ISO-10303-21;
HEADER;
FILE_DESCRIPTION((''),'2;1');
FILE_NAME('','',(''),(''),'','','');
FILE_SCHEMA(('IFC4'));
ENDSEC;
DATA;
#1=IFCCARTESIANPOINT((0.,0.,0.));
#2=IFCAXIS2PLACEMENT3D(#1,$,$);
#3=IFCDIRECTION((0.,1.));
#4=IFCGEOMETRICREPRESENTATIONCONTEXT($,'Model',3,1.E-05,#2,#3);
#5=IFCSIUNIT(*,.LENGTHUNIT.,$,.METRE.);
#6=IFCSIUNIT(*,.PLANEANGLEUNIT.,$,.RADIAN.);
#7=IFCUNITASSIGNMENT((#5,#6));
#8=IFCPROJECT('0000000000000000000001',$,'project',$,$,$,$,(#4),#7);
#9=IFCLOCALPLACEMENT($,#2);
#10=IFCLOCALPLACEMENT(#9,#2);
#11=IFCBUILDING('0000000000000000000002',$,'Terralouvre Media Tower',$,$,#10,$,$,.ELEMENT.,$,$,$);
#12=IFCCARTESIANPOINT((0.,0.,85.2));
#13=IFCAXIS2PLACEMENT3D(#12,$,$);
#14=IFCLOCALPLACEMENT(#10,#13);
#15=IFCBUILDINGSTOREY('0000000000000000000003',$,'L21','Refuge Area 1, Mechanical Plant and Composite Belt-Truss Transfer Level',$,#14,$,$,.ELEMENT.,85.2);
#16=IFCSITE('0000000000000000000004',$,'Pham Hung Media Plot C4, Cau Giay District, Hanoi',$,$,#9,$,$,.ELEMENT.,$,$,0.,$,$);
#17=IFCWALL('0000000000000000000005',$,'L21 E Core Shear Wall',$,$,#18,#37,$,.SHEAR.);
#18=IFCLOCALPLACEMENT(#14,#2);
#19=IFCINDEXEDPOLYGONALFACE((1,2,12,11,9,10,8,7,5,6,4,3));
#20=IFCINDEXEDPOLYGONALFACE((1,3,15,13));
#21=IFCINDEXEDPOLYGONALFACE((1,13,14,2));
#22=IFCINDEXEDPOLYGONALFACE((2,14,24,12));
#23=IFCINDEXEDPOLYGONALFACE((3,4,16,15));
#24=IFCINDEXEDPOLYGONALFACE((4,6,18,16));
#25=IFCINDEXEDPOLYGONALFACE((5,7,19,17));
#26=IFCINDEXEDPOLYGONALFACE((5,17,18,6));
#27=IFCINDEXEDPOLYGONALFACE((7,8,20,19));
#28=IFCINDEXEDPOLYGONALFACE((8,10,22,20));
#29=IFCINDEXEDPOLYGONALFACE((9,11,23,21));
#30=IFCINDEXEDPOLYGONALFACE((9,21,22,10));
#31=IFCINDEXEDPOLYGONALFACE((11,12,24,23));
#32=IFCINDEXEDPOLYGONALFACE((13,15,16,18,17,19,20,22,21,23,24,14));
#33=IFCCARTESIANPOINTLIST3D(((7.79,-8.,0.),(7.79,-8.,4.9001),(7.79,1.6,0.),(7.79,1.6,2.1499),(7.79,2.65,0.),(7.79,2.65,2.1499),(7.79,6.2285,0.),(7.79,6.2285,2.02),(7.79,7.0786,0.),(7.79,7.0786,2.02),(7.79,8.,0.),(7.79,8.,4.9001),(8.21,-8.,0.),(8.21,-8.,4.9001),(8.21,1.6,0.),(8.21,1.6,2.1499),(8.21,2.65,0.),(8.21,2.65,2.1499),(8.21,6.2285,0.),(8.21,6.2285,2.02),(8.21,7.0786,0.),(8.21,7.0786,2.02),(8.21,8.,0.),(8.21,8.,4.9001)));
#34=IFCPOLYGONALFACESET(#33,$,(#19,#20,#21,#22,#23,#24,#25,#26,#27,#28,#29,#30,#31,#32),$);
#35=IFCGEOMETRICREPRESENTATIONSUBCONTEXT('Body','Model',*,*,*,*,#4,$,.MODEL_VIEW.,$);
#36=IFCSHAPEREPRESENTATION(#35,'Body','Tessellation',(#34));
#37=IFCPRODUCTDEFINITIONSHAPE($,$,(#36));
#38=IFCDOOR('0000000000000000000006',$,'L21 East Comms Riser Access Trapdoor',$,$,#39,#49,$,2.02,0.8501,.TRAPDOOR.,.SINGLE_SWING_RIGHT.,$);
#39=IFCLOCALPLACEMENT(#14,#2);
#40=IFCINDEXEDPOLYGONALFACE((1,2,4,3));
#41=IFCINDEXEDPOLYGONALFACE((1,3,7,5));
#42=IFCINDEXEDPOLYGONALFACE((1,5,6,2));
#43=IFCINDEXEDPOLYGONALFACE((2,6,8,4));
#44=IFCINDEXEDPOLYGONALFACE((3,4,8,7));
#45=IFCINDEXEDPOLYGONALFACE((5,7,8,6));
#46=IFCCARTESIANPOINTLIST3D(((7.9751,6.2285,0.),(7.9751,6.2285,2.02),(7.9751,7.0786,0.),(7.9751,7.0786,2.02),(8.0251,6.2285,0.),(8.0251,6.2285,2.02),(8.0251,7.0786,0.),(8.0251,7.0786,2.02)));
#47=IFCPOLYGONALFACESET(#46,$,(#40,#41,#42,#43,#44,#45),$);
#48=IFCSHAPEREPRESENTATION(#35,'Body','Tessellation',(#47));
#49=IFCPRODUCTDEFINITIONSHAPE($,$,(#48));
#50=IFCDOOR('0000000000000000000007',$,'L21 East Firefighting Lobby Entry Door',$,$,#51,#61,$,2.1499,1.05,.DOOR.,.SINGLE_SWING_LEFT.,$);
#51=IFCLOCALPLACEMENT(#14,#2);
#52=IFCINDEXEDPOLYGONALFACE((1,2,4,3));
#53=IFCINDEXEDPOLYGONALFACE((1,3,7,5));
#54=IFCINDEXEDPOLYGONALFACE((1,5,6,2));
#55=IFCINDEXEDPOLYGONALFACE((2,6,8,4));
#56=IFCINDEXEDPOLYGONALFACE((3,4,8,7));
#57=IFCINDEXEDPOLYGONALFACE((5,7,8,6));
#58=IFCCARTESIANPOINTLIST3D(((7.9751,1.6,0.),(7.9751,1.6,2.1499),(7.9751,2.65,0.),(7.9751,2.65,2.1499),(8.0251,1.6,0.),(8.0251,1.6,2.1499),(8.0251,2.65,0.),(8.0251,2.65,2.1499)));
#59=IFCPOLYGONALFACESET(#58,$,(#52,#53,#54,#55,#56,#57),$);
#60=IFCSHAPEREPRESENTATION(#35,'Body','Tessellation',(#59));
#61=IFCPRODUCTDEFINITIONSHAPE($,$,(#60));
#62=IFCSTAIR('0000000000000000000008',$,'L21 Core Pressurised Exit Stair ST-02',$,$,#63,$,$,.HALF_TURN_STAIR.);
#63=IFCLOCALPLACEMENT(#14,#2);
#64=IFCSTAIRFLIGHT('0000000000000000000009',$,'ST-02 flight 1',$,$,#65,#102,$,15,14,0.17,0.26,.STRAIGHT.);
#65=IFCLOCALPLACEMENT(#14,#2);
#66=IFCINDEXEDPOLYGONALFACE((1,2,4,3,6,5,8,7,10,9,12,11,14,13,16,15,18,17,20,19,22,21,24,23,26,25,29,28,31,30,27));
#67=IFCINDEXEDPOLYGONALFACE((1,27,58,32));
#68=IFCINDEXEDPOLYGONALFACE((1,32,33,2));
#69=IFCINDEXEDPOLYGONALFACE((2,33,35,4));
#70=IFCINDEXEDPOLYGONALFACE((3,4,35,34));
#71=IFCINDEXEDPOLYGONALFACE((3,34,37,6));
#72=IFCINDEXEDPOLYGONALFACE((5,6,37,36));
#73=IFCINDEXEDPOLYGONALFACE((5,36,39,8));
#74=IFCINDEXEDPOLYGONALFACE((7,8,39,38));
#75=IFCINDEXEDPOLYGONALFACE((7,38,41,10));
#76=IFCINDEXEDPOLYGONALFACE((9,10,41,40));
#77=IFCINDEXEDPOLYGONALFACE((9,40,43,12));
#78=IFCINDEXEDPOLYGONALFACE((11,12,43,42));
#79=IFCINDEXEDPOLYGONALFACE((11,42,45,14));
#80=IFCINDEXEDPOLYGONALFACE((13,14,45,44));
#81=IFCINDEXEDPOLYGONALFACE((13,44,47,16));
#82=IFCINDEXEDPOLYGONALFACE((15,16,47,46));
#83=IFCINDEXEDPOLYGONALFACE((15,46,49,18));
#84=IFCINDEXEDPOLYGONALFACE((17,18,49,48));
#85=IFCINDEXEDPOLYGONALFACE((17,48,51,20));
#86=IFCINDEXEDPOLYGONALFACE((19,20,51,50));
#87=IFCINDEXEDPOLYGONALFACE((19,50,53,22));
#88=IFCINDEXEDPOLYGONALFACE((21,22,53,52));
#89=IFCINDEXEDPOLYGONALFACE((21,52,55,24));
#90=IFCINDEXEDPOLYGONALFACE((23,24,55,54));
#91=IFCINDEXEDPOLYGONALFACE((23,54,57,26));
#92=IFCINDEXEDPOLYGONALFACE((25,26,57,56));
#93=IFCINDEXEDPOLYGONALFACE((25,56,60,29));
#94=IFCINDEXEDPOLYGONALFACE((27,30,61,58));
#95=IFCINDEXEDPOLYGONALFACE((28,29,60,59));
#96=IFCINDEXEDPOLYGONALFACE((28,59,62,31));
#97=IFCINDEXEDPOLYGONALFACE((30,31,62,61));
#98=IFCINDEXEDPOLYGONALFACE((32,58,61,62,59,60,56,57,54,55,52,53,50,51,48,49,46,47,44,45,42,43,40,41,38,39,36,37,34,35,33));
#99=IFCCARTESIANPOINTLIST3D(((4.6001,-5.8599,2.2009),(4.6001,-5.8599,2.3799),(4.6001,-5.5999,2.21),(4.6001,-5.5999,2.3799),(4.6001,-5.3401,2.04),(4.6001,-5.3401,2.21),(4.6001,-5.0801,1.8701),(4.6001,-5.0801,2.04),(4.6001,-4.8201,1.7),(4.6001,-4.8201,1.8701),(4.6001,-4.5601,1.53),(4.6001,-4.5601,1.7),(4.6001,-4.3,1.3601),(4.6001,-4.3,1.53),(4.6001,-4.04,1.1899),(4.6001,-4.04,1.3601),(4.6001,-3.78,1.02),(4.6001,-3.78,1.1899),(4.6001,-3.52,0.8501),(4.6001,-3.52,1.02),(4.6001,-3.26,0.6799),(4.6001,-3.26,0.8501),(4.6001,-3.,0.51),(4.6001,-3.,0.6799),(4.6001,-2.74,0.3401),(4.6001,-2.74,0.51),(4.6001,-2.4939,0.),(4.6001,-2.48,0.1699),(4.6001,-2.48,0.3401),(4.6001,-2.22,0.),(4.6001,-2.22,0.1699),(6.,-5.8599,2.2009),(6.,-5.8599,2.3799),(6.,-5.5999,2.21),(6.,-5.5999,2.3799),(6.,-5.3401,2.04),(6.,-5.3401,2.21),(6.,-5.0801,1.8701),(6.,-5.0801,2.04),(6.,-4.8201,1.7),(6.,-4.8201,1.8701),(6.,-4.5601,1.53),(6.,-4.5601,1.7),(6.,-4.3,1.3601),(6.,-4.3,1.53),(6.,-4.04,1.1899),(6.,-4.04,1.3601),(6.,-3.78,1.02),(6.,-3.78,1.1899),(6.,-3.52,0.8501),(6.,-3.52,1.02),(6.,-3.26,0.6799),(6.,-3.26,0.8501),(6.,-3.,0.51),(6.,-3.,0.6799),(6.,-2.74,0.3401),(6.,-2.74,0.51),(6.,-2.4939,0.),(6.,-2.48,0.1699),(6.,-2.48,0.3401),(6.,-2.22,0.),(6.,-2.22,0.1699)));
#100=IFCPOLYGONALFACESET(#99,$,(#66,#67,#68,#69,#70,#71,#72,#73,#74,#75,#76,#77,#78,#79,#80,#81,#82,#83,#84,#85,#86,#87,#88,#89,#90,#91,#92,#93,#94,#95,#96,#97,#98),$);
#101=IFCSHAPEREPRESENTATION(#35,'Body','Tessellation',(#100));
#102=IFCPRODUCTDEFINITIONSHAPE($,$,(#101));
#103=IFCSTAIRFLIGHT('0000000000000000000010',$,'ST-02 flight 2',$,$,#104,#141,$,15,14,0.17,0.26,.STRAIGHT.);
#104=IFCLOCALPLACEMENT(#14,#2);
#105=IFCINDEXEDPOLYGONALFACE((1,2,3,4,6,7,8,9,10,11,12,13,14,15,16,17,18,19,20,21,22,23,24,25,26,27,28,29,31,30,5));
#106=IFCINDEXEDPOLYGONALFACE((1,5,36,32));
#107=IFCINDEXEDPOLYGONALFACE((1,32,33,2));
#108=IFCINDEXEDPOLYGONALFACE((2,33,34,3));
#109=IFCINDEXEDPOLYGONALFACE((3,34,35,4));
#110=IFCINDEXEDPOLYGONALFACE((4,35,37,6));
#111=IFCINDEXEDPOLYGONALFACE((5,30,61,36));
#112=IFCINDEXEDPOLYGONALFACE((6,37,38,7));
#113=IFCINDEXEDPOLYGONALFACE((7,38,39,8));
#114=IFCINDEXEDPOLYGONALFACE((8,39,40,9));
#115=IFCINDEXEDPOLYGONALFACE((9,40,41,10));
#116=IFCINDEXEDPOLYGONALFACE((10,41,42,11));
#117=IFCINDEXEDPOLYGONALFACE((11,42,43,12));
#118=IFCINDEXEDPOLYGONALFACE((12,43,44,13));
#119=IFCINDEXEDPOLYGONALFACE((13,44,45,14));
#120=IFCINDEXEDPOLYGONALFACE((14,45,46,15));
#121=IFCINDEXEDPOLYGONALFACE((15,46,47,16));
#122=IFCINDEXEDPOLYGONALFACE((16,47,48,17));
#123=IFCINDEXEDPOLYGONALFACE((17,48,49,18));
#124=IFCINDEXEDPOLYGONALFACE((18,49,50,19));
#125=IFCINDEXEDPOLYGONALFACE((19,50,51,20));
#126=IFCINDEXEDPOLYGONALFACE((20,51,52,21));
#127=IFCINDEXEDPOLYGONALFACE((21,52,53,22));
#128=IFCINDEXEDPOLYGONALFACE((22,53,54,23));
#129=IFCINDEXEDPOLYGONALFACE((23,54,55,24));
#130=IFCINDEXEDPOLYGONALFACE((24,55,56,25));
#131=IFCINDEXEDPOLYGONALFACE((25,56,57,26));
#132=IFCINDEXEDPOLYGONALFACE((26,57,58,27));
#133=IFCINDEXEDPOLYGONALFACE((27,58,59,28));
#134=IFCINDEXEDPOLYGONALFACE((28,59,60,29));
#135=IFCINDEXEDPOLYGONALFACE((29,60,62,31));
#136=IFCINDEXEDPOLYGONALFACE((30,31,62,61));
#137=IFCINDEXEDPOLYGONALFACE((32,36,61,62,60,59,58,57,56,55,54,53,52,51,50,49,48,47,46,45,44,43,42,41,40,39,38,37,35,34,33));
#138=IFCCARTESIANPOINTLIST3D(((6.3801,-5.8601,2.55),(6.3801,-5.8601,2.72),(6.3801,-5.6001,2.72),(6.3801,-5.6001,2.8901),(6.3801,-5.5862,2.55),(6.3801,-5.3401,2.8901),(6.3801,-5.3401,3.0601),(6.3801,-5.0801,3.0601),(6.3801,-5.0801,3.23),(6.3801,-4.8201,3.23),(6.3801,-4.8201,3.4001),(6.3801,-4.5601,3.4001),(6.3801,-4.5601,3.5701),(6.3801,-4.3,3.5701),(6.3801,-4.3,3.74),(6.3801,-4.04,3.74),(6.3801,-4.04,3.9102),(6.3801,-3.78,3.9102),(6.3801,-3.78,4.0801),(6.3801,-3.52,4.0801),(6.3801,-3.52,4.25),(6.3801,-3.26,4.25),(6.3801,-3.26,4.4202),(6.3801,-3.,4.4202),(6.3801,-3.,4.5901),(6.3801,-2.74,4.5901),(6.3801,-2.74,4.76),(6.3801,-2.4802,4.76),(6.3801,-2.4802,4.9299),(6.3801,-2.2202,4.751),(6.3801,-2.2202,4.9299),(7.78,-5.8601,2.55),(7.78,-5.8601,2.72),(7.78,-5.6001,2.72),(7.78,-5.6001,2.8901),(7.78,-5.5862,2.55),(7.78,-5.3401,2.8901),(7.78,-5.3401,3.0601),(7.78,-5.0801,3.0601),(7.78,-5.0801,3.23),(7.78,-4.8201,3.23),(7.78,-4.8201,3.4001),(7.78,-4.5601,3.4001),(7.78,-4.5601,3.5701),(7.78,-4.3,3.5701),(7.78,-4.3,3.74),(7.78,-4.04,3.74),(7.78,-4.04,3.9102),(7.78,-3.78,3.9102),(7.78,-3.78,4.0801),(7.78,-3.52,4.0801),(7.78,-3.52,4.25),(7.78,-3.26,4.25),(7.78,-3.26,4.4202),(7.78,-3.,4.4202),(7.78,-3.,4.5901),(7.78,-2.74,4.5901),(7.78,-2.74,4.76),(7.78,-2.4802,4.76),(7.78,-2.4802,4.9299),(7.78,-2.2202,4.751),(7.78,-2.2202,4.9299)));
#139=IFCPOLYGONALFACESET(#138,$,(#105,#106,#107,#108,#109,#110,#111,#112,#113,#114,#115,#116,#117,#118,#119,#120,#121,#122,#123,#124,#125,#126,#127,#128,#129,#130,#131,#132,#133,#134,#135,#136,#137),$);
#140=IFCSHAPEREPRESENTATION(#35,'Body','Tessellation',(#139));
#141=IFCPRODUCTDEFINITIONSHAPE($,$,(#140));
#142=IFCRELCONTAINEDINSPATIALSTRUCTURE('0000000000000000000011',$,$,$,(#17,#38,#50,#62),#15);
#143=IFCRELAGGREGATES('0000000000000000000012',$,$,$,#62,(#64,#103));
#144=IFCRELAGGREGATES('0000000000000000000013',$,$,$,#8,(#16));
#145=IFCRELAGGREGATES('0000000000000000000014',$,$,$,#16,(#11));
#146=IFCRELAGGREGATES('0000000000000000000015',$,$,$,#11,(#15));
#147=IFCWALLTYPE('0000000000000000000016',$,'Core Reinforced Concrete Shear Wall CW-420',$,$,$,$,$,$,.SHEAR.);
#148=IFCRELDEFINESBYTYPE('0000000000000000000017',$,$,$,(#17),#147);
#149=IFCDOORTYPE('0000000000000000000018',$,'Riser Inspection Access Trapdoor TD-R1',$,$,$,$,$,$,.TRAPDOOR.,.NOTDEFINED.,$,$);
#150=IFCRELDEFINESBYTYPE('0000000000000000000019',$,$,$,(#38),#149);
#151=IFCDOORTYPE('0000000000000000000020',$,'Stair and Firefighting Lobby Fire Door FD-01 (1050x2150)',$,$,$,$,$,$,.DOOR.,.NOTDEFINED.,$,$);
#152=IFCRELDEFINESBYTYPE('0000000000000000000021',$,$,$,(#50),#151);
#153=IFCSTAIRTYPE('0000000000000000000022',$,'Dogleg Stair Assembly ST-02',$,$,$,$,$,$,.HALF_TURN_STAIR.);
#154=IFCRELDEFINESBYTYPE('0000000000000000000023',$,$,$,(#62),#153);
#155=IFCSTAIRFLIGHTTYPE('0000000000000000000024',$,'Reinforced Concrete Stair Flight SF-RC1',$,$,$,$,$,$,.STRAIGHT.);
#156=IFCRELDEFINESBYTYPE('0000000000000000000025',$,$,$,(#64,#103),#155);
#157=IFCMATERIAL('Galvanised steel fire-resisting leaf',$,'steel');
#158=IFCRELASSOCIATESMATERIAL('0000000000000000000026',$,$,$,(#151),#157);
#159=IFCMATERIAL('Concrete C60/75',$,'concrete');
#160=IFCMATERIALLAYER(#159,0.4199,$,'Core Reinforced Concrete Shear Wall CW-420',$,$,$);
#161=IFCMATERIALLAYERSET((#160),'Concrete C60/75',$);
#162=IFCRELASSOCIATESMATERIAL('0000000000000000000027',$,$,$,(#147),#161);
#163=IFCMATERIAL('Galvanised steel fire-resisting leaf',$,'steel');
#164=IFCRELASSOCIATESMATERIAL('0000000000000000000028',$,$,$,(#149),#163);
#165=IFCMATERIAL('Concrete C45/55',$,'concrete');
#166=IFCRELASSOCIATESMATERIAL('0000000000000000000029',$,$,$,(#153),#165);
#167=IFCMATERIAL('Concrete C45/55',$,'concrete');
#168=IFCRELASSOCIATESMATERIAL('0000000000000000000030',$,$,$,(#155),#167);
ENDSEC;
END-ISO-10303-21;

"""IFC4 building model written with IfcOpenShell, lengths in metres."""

from ifc_helpers import new_model, si_unit, direction, frame, frame_2d, origin, place, context, subcontext, project, spatial, polyline, rectangle, outline, extrude, material, layer, layer_set, type_object, element, fill, aggregate, save


model = new_model("IFC4")

# Units and contexts
model_context = context("Model", 3, precision=1e-05, world=origin(), true_north=direction((0.0, 1.0)))
body_context = subcontext(model_context, "Body", "Model", "MODEL_VIEW")
ifc_project = project(units=[si_unit("LENGTHUNIT", "METRE"), si_unit("PLANEANGLEUNIT", "RADIAN")], contexts=[model_context])

# Site, building, storey
site_placement = place(None, origin())
site = spatial("IfcSite", under=ifc_project, at=site_placement, Name="Pham Hung Media Plot C4, Cau Giay District, Hanoi", CompositionType="ELEMENT", RefElevation=0.0)
building_placement = place(site_placement, origin())
building = spatial("IfcBuilding", under=site, at=building_placement, Name="Terralouvre Media Tower", CompositionType="ELEMENT")
storey_placement = place(building_placement, frame((0.0, 0.0, 85.2)))
storey = spatial("IfcBuildingStorey", under=building, at=storey_placement, Name="L21", Description="Refuge Area 1, Mechanical Plant and Composite Belt-Truss Transfer Level", CompositionType="ELEMENT", Elevation=85.2)

# Shared definitions
ifc_material_1 = material(Name="Galvanised steel fire-resisting leaf", Category="steel")
door_type_1 = type_object("IfcDoorType", Name="Stair and Firefighting Lobby Fire Door FD-01 (1050x2150)", OperationType="NOTDEFINED", PredefinedType="DOOR", material=ifc_material_1)

# Wall, openings, doors
ifc_material_2 = material(Name="Concrete C60/75", Category="concrete")
ifc_layer_1 = layer(ifc_material_2, 0.4199, Name="Core Reinforced Concrete Shear Wall CW-420")
ifc_layer_set_1 = layer_set([ifc_layer_1], Name="Concrete C60/75")
wall_type_1 = type_object("IfcWallType", Name="Core Reinforced Concrete Shear Wall CW-420", PredefinedType="SHEAR", material=ifc_layer_set_1)
wall_1_placement = place(storey_placement, frame((8.0, -8.0, 0.0), z_axis=(0.0, 0.0, 1.0), x_axis=(0.0, 1.0, 0.0)))
wall_1 = element("IfcWall", 1, at=wall_1_placement, inside=storey, type_object=wall_type_1, Name="L21 E Core Shear Wall", PredefinedType="SHEAR", context=body_context, shape_type="SweptSolid", body=[
    extrude(rectangle(XDim=16.0, YDim=0.4199, at=frame_2d((8.0, 0.0))), origin(), (0.0, 0.0, 1.0), 4.9001),
])
opening_1_placement = place(wall_1_placement, frame((9.6001, 0.0, 0.0)))
opening_1 = element("IfcOpeningElement", 2, at=opening_1_placement, cuts=wall_1, PredefinedType="OPENING", context=body_context, shape_type="SweptSolid", body=[
    extrude(rectangle(XDim=1.05, YDim=2.1499, at=frame_2d((0.5249, 1.075))), frame((0.0, 0.22, 0.0), z_axis=(0.0, -1.0, 0.0), x_axis=(1.0, 0.0, 0.0)), (0.0, 0.0, 1.0), 0.4399),
])
opening_2_placement = place(wall_1_placement, frame((14.2285, 0.0, 0.0)))
opening_2 = element("IfcOpeningElement", 3, at=opening_2_placement, cuts=wall_1, PredefinedType="OPENING", context=body_context, shape_type="SweptSolid", body=[
    extrude(rectangle(XDim=0.8501, YDim=2.02, at=frame_2d((0.425, 1.01))), frame((0.0, 0.22, 0.0), z_axis=(0.0, -1.0, 0.0), x_axis=(1.0, 0.0, 0.0)), (0.0, 0.0, 1.0), 0.4399),
])
ifc_material_3 = material(Name="Galvanised steel fire-resisting leaf", Category="steel")
door_type_2 = type_object("IfcDoorType", Name="Riser Inspection Access Trapdoor TD-R1", OperationType="NOTDEFINED", PredefinedType="TRAPDOOR", material=ifc_material_3)
door_1_placement = place(opening_2_placement, origin())
door_1 = element("IfcDoor", 4, at=door_1_placement, inside=storey, type_object=door_type_2, Name="L21 East Comms Riser Access Trapdoor", OperationType="SINGLE_SWING_RIGHT", OverallHeight=2.02, OverallWidth=0.8501, PredefinedType="TRAPDOOR", context=body_context, shape_type="SweptSolid", body=[
    extrude(rectangle(XDim=0.8501, YDim=2.02, at=frame_2d((0.425, 1.01))), frame((0.0, 0.0249, 0.0), z_axis=(0.0, -1.0, 0.0), x_axis=(1.0, 0.0, 0.0)), (0.0, 0.0, 1.0), 0.05),
])
fill(opening_2, door_1)
door_2_placement = place(opening_1_placement, origin())
door_2 = element("IfcDoor", 5, at=door_2_placement, inside=storey, type_object=door_type_1, Name="L21 East Firefighting Lobby Entry Door", OperationType="SINGLE_SWING_LEFT", OverallHeight=2.1499, OverallWidth=1.05, PredefinedType="DOOR", context=body_context, shape_type="SweptSolid", body=[
    extrude(rectangle(XDim=1.05, YDim=2.1499, at=frame_2d((0.5249, 1.075))), frame((0.0, 0.0249, 0.0), z_axis=(0.0, -1.0, 0.0), x_axis=(1.0, 0.0, 0.0)), (0.0, 0.0, 1.0), 0.05),
])
fill(opening_1, door_2)

# Stair, stair flights
ifc_material_4 = material(Name="Concrete C45/55", Category="concrete")
stair_type = type_object("IfcStairType", Name="Dogleg Stair Assembly ST-02", PredefinedType="HALF_TURN_STAIR", material=ifc_material_4)
stair_placement = place(storey_placement, origin())
stair = element("IfcStair", 6, at=stair_placement, inside=storey, type_object=stair_type, Name="L21 Core Pressurised Exit Stair ST-02", PredefinedType="HALF_TURN_STAIR")
ifc_material_5 = material(Name="Concrete C45/55", Category="concrete")
stair_flight_type = type_object("IfcStairFlightType", Name="Reinforced Concrete Stair Flight SF-RC1", PredefinedType="STRAIGHT", material=ifc_material_5)
stair_flight_1_placement = place(storey_placement, frame((5.3, -2.22, 0.0), z_axis=(0.0, 0.0, 1.0), x_axis=(0.0, -1.0, 0.0)))
stair_flight_1 = element("IfcStairFlight", 7, at=stair_flight_1_placement, type_object=stair_flight_type, Name="ST-02 flight 1", NumberOfRisers=15, NumberOfTreads=14, PredefinedType="STRAIGHT", RiserHeight=0.17, TreadLength=0.26, context=body_context, shape_type="SweptSolid", body=[
    extrude(outline(polyline([(0.0, 0.0), (0.0, 0.1699), (0.26, 0.1699), (0.26, 0.3401), (0.52, 0.3401), (0.52, 0.51), (0.78, 0.51), (0.78, 0.6799), (1.04, 0.6799), (1.04, 0.8501), (1.3, 0.8501), (1.3, 1.02), (1.5601, 1.02), (1.5601, 1.1899), (1.8201, 1.1899), (1.8201, 1.3601), (2.0801, 1.3601), (2.0801, 1.53), (2.3401, 1.53), (2.3401, 1.7), (2.6001, 1.7), (2.6001, 1.8701), (2.8601, 1.8701), (2.8601, 2.04), (3.1201, 2.04), (3.1201, 2.21), (3.3799, 2.21), (3.3799, 2.3799), (3.6399, 2.3799), (3.6399, 2.55), (3.6399, 2.2009), (0.2739, 0.0), (0.0, 0.0)])), frame((0.0, 0.7, 0.0), z_axis=(0.0, -1.0, 0.0), x_axis=(1.0, 0.0, 0.0)), (0.0, 0.0, 1.0), 1.3999),
])
stair_flight_2_placement = place(storey_placement, frame((7.0801, -5.8601, 2.55), z_axis=(0.0, 0.0, 1.0), x_axis=(0.0, 1.0, 0.0)))
stair_flight_2 = element("IfcStairFlight", 8, at=stair_flight_2_placement, type_object=stair_flight_type, Name="ST-02 flight 2", NumberOfRisers=15, NumberOfTreads=14, PredefinedType="STRAIGHT", RiserHeight=0.17, TreadLength=0.26, context=body_context, shape_type="SweptSolid", body=[
    extrude(outline(polyline([(0.0, 0.0), (0.0, 0.1699), (0.26, 0.1699), (0.26, 0.3401), (0.52, 0.3401), (0.52, 0.51), (0.78, 0.51), (0.78, 0.6799), (1.04, 0.6799), (1.04, 0.8501), (1.3, 0.8501), (1.3, 1.02), (1.5601, 1.02), (1.5601, 1.1899), (1.8201, 1.1899), (1.8201, 1.3601), (2.0801, 1.3601), (2.0801, 1.53), (2.3401, 1.53), (2.3401, 1.7), (2.6001, 1.7), (2.6001, 1.8701), (2.8601, 1.8701), (2.8601, 2.04), (3.1201, 2.04), (3.1201, 2.21), (3.3799, 2.21), (3.3799, 2.3799), (3.6399, 2.3799), (3.6399, 2.55), (3.6399, 2.2009), (0.2739, 0.0), (0.0, 0.0)])), frame((0.0, 0.7, 0.0), z_axis=(0.0, -1.0, 0.0), x_axis=(1.0, 0.0, 0.0)), (0.0, 0.0, 1.0), 1.3999),
])
aggregate(stair, [stair_flight_1, stair_flight_2])

save(model, "model.ifc")
